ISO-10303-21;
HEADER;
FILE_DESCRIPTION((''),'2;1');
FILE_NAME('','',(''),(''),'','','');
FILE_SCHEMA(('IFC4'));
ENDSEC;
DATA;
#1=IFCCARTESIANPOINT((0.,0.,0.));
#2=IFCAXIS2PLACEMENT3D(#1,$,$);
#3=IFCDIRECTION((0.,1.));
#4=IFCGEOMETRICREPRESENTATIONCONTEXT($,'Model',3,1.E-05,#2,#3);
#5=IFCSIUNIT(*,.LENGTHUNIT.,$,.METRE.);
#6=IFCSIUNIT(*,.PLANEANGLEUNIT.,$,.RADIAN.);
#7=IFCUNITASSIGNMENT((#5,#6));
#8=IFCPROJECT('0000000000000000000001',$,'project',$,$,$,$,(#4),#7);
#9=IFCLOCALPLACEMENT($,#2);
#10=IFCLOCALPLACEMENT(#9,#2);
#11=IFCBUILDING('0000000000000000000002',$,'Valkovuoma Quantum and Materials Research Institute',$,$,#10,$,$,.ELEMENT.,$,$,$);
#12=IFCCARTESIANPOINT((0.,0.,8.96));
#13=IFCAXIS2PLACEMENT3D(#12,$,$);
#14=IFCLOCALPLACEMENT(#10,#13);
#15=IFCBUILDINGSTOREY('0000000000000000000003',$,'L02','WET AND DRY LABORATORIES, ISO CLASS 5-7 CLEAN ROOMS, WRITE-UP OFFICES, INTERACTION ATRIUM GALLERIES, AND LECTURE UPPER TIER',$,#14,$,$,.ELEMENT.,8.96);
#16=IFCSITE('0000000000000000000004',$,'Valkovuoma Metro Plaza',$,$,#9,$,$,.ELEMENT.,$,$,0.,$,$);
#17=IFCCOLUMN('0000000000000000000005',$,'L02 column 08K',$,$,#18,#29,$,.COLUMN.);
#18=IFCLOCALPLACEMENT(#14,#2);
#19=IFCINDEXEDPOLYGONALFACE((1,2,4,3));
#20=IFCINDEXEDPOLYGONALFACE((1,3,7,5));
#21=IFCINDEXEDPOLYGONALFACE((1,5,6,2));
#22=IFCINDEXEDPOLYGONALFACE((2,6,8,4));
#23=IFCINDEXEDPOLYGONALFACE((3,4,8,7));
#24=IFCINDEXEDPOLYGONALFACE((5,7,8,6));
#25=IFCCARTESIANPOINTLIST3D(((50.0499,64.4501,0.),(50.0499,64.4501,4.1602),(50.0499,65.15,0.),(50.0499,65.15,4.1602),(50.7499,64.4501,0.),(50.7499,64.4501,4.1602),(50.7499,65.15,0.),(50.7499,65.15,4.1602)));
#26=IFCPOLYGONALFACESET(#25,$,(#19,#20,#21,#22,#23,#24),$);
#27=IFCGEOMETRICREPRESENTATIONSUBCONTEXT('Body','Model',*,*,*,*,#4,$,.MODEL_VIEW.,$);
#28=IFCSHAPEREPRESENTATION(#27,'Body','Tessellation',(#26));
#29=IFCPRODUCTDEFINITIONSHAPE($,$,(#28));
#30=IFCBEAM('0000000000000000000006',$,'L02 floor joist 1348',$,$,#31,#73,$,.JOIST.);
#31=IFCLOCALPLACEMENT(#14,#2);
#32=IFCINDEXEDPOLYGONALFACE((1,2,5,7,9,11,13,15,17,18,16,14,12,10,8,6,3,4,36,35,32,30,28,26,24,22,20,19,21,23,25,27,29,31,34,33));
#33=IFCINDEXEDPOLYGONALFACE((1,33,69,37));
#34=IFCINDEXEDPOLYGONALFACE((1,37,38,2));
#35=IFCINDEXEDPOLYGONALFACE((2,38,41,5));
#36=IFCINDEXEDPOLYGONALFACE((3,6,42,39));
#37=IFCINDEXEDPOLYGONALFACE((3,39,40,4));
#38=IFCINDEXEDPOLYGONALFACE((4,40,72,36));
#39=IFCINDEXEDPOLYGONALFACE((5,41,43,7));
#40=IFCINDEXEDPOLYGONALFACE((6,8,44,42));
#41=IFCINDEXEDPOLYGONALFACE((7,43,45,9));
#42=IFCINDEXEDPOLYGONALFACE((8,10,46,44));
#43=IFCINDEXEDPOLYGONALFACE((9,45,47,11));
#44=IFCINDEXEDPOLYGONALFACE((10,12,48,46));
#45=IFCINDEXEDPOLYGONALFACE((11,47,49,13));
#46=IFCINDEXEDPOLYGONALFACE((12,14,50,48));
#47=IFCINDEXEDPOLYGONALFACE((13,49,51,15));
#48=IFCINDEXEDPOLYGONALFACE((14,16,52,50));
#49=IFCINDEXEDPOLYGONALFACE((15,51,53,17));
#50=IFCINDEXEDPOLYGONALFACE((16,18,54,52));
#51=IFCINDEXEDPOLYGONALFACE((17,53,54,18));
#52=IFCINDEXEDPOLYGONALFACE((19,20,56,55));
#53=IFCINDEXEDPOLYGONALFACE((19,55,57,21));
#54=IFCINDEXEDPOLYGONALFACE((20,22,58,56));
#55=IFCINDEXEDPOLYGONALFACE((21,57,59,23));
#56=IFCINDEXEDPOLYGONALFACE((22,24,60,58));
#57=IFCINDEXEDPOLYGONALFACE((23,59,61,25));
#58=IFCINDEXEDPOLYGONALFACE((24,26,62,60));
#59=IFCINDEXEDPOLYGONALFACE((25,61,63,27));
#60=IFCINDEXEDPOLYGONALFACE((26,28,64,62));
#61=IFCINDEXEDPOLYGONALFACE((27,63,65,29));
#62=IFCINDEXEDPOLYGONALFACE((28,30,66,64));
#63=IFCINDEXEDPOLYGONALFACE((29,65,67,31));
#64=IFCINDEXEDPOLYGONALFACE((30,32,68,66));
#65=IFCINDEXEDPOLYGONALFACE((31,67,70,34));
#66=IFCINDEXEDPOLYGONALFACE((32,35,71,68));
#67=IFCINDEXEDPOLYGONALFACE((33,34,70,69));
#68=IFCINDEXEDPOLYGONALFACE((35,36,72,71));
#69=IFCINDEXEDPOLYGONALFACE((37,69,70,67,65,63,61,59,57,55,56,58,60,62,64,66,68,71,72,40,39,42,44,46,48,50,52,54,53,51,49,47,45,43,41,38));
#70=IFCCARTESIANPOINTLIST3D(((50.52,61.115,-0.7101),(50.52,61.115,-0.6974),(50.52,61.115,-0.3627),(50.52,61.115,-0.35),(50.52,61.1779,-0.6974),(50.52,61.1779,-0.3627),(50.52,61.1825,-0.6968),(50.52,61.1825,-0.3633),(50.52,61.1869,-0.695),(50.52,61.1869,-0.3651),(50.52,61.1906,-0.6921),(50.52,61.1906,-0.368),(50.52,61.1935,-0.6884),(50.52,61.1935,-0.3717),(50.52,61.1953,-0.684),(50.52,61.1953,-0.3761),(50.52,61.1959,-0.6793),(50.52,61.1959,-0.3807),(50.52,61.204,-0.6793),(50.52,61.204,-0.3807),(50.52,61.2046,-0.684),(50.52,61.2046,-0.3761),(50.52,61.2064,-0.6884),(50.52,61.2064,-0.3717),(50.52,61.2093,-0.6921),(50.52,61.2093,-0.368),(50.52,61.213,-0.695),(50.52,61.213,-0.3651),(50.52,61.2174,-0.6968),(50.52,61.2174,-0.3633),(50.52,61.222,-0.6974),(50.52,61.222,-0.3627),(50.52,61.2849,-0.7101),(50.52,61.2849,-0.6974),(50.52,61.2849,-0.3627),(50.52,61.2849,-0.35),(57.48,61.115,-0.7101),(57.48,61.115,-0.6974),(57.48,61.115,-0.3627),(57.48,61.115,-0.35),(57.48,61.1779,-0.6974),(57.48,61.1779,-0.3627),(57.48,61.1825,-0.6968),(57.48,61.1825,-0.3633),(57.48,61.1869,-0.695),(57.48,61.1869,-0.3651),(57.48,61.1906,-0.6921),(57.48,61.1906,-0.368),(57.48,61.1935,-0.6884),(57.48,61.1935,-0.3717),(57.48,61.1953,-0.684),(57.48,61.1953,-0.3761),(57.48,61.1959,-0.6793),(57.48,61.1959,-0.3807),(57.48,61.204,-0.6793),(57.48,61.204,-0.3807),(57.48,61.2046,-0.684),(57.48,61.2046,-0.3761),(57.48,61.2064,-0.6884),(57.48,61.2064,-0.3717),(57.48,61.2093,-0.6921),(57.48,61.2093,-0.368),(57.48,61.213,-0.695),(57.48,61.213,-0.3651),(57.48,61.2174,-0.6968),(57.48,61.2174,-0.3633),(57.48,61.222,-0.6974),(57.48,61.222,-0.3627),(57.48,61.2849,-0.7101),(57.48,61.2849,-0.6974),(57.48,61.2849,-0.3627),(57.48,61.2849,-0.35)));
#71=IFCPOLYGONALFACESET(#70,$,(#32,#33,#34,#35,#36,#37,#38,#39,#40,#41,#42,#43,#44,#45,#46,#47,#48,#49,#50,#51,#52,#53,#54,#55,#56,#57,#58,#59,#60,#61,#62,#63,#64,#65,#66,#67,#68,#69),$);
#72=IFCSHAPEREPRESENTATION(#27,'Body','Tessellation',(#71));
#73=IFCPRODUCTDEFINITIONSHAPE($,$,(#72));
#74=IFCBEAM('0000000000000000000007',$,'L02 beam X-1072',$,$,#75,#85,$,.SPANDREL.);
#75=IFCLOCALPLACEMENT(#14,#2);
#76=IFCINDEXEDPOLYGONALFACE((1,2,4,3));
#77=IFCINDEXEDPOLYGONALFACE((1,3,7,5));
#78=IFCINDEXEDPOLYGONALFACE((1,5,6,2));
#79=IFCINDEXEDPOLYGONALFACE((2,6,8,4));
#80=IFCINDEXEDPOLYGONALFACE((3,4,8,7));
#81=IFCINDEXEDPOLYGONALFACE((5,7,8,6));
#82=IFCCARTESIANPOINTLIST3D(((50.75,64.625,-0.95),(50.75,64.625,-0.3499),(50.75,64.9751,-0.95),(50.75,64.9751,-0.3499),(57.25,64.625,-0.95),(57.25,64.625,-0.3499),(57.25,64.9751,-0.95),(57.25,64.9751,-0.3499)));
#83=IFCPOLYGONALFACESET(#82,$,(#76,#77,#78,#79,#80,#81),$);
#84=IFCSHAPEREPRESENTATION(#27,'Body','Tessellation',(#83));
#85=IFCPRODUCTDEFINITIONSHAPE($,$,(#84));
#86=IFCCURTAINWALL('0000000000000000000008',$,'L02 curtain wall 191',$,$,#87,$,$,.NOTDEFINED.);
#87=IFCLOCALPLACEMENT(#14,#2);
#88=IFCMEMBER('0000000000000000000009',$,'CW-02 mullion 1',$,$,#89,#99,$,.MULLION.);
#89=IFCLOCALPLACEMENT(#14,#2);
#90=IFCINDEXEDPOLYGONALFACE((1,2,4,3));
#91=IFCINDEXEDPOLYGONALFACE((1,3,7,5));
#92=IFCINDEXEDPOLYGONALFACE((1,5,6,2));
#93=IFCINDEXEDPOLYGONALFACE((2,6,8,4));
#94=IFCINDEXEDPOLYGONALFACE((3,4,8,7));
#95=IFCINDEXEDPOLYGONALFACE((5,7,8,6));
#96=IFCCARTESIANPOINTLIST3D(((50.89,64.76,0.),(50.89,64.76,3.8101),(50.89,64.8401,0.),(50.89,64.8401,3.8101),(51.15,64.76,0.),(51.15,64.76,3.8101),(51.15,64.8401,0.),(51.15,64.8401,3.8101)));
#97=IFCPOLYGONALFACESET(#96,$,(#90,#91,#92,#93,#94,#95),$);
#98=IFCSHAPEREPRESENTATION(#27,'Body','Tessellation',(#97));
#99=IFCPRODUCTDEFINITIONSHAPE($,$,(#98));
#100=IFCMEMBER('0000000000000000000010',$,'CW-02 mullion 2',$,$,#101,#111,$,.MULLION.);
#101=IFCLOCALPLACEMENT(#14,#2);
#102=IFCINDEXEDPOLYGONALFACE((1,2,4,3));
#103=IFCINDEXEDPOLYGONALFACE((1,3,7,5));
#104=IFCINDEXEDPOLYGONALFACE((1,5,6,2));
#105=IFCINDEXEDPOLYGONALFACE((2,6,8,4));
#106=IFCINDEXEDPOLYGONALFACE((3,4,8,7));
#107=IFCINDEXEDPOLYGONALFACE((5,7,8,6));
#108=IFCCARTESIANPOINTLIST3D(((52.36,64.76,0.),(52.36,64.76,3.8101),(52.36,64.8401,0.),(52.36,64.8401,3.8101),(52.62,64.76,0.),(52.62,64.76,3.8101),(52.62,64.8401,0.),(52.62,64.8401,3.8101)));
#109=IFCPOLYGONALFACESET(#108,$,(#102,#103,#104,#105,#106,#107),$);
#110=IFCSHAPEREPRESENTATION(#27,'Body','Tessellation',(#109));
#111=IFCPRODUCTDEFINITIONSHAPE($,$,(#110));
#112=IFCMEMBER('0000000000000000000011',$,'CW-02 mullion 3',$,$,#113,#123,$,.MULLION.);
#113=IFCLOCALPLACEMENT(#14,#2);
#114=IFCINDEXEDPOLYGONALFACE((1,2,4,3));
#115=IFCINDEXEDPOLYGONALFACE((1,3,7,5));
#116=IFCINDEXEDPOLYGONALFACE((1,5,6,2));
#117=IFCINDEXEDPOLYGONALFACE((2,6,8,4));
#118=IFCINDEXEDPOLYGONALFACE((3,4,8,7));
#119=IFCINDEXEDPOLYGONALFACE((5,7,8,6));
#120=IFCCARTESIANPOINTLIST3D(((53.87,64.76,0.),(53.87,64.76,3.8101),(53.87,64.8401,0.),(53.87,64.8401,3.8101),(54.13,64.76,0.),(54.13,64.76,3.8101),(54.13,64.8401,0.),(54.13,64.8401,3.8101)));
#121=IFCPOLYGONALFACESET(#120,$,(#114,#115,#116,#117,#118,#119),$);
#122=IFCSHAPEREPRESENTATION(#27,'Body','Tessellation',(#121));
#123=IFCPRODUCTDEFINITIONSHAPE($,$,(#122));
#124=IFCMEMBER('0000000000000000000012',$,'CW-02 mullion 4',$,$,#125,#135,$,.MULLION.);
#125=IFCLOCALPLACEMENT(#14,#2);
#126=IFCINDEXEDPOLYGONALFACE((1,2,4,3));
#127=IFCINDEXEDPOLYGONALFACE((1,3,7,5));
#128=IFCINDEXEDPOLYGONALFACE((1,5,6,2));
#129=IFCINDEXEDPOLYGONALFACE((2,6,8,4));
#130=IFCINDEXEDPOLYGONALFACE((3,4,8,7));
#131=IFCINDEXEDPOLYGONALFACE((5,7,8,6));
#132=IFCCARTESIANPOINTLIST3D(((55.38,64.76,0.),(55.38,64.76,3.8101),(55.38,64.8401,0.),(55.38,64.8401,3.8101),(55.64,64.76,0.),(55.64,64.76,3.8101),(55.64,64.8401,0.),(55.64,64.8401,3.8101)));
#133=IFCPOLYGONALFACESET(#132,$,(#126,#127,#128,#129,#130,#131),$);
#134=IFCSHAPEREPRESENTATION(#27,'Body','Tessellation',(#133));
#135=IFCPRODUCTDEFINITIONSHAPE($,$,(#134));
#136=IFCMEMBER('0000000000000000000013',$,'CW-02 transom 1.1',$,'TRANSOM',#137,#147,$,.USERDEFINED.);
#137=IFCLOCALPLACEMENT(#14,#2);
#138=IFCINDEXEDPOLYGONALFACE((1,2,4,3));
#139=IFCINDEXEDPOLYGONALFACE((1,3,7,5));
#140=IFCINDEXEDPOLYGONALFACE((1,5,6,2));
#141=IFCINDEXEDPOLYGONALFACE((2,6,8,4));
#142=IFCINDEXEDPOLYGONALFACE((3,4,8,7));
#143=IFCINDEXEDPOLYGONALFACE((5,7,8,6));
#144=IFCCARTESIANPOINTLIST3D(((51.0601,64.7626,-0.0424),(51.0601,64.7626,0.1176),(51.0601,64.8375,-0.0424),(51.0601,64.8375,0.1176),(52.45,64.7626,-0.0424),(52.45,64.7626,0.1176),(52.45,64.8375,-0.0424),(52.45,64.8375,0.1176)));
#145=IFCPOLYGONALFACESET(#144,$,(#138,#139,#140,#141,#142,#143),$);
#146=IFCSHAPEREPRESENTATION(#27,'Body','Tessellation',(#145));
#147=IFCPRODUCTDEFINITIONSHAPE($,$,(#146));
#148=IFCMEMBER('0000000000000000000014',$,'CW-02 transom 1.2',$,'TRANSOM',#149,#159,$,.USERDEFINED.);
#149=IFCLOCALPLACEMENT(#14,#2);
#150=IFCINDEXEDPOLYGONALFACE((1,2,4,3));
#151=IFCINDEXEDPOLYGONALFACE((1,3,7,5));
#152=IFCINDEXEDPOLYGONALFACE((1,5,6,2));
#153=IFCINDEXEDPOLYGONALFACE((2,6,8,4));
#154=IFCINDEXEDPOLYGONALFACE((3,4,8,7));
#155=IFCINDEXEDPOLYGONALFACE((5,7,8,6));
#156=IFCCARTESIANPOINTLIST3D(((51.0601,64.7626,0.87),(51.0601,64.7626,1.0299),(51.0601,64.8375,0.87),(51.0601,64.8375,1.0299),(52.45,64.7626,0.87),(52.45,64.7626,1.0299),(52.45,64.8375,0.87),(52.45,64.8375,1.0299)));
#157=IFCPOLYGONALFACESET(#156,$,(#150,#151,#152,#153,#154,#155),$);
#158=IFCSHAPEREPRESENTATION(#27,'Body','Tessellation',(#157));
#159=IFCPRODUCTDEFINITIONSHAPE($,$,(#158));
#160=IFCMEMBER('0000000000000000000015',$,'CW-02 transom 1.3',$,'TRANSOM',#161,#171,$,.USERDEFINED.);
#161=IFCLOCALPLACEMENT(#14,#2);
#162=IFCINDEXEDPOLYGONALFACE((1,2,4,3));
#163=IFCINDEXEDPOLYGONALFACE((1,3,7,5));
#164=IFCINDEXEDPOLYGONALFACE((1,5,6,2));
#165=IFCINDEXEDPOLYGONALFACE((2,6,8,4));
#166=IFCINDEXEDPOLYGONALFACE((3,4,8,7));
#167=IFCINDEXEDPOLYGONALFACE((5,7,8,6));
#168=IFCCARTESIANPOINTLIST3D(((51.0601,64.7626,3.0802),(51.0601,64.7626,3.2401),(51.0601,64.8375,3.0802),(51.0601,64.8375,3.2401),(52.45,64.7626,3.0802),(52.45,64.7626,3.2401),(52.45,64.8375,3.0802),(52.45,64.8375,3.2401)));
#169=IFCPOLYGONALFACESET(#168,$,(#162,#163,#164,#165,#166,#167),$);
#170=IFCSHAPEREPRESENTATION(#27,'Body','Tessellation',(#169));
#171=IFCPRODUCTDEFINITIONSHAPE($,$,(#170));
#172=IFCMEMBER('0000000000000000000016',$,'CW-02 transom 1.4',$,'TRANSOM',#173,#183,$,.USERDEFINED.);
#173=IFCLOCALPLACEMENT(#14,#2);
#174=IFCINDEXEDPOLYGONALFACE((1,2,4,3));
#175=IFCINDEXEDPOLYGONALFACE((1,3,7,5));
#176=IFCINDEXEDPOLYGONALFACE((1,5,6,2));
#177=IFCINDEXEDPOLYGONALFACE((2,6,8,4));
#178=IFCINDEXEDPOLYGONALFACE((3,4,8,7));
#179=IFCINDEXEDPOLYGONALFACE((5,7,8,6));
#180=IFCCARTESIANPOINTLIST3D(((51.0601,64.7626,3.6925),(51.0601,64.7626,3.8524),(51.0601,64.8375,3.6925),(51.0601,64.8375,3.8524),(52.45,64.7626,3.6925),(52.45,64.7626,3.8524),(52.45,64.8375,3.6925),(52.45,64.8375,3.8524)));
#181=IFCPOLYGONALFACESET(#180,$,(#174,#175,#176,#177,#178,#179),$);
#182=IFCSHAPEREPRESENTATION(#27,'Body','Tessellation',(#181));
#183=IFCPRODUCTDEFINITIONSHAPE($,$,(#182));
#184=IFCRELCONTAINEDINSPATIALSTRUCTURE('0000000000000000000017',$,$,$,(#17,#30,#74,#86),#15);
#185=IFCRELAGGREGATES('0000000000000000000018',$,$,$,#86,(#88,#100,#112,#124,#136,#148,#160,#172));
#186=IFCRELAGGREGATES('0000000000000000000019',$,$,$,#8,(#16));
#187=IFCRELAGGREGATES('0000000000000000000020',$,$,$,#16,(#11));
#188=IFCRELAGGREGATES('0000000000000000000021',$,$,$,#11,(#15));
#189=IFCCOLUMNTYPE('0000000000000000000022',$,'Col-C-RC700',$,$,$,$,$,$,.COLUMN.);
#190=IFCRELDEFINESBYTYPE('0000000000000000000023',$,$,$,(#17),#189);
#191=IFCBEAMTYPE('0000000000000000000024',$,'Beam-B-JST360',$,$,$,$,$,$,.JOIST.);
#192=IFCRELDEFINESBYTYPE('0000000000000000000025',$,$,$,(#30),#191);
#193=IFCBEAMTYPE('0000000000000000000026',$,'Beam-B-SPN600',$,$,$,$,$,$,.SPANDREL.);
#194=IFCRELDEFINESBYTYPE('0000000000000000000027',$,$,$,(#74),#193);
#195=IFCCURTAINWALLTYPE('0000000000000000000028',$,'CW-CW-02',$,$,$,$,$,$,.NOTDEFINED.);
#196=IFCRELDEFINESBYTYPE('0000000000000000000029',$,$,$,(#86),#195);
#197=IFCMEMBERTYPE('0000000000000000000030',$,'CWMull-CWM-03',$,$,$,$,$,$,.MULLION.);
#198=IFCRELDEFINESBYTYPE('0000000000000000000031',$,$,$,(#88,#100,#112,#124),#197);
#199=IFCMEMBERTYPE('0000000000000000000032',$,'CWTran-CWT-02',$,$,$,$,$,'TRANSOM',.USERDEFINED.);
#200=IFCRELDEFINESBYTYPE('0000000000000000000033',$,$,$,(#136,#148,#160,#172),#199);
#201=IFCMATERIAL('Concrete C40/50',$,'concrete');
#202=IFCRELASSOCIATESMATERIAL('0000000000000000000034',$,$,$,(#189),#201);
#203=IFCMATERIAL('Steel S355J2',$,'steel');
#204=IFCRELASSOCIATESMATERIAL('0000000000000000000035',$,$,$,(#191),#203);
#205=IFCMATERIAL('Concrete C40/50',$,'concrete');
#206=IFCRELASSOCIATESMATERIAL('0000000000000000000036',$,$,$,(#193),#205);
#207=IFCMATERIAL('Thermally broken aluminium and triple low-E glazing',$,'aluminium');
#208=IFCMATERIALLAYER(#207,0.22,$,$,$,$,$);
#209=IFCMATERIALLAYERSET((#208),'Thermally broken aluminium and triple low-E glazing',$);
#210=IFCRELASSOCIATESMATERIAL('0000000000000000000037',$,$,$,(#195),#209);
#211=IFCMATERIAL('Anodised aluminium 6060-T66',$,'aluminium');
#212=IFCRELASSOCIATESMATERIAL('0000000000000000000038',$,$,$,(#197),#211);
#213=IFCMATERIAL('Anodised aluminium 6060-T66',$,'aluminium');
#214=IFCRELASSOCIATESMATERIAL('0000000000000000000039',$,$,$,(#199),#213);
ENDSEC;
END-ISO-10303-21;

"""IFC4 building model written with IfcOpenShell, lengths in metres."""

from ifc_helpers import new_model, si_unit, direction, frame, origin, origin_2d, place, context, subcontext, project, spatial, rectangle, i_section, extrude, material, layer, layer_set, material_profile, profile_set, type_object, element, aggregate, save


model = new_model("IFC4")

# Units and contexts
model_context = context("Model", 3, precision=1e-05, world=origin(), true_north=direction((0.0, 1.0)))
body_context = subcontext(model_context, "Body", "Model", "MODEL_VIEW")
ifc_project = project(units=[si_unit("LENGTHUNIT", "METRE"), si_unit("PLANEANGLEUNIT", "RADIAN")], contexts=[model_context])

# Site, building, storey
site_placement = place(None, origin())
site = spatial("IfcSite", under=ifc_project, at=site_placement, Name="Valkovuoma Metro Plaza", CompositionType="ELEMENT", RefElevation=0.0)
building_placement = place(site_placement, origin())
building = spatial("IfcBuilding", under=site, at=building_placement, Name="Valkovuoma Quantum and Materials Research Institute", CompositionType="ELEMENT")
storey_placement = place(building_placement, frame((0.0, 0.0, 8.96)))
storey = spatial("IfcBuildingStorey", under=building, at=storey_placement, Name="L02", Description="WET AND DRY LABORATORIES, ISO CLASS 5-7 CLEAN ROOMS, WRITE-UP OFFICES, INTERACTION ATRIUM GALLERIES, AND LECTURE UPPER TIER", CompositionType="ELEMENT", Elevation=8.96)

# Column
ifc_material_1 = material(Name="Concrete C40/50", Category="concrete")
ifc_material_profile_1 = material_profile(ifc_material_1, rectangle(XDim=0.7, YDim=0.7, at=origin_2d()), Name="Concrete C40/50")
ifc_profile_set_1 = profile_set([ifc_material_profile_1], Name="Concrete C40/50")
column_type = type_object("IfcColumnType", Name="Col-C-RC700", PredefinedType="COLUMN", material=ifc_profile_set_1)
column_placement = place(storey_placement, frame((50.3999, 64.8, 0.0), z_axis=(0.0, 0.0, 1.0), x_axis=(1.0, 0.0, 0.0)))
element("IfcColumn", 1, at=column_placement, inside=storey, type_object=column_type, Name="L02 column 08K", PredefinedType="COLUMN", context=body_context, shape_type="SweptSolid", body=[
    extrude(rectangle(XDim=0.7, YDim=0.7, at=origin_2d()), origin(), (0.0, 0.0, 1.0), 4.1602),
])

# Beams
ifc_material_2 = material(Name="Steel S355J2", Category="steel")
ifc_material_profile_2 = material_profile(ifc_material_2, i_section(OverallWidth=0.1699, OverallDepth=0.3601, WebThickness=0.0081, FlangeThickness=0.0127, FilletRadius=0.0181, at=origin_2d()), Name="Steel S355J2")
ifc_profile_set_2 = profile_set([ifc_material_profile_2], Name="Steel S355J2")
beam_type_1 = type_object("IfcBeamType", Name="Beam-B-JST360", PredefinedType="JOIST", material=ifc_profile_set_2)
beam_1_placement = place(storey_placement, frame((50.52, 61.2, -0.53), z_axis=(1.0, 0.0, 0.0), x_axis=(0.0, 1.0, 0.0)))
element("IfcBeam", 2, at=beam_1_placement, inside=storey, type_object=beam_type_1, Name="L02 floor joist 1348", PredefinedType="JOIST", context=body_context, shape_type="SweptSolid", body=[
    extrude(i_section(OverallWidth=0.1699, OverallDepth=0.3601, WebThickness=0.0081, FlangeThickness=0.0127, FilletRadius=0.0181, at=origin_2d()), origin(), (0.0, 0.0, 1.0), 6.96),
])
ifc_material_3 = material(Name="Concrete C40/50", Category="concrete")
ifc_material_profile_3 = material_profile(ifc_material_3, rectangle(XDim=0.3501, YDim=0.6001, at=origin_2d()), Name="Concrete C40/50")
ifc_profile_set_3 = profile_set([ifc_material_profile_3], Name="Concrete C40/50")
beam_type_2 = type_object("IfcBeamType", Name="Beam-B-SPN600", PredefinedType="SPANDREL", material=ifc_profile_set_3)
beam_2_placement = place(storey_placement, frame((50.75, 64.8, -0.6499), z_axis=(1.0, 0.0, 0.0), x_axis=(0.0, 1.0, 0.0)))
element("IfcBeam", 3, at=beam_2_placement, inside=storey, type_object=beam_type_2, Name="L02 beam X-1072", PredefinedType="SPANDREL", context=body_context, shape_type="SweptSolid", body=[
    extrude(rectangle(XDim=0.3501, YDim=0.6001, at=origin_2d()), origin(), (0.0, 0.0, 1.0), 6.5),
])

# Curtain wall, members
ifc_material_4 = material(Name="Thermally broken aluminium and triple low-E glazing", Category="aluminium")
ifc_layer_1 = layer(ifc_material_4, 0.22)
ifc_layer_set_1 = layer_set([ifc_layer_1], Name="Thermally broken aluminium and triple low-E glazing")
curtain_wall_type = type_object("IfcCurtainWallType", Name="CW-CW-02", PredefinedType="NOTDEFINED", material=ifc_layer_set_1)
curtain_wall_placement = place(storey_placement, origin())
curtain_wall = element("IfcCurtainWall", 4, at=curtain_wall_placement, inside=storey, type_object=curtain_wall_type, Name="L02 curtain wall 191", PredefinedType="NOTDEFINED")
ifc_material_5 = material(Name="Anodised aluminium 6060-T66", Category="aluminium")
ifc_material_profile_4 = material_profile(ifc_material_5, rectangle(XDim=0.0801, YDim=0.26, at=origin_2d()), Name="Anodised aluminium 6060-T66")
ifc_profile_set_4 = profile_set([ifc_material_profile_4], Name="Anodised aluminium 6060-T66")
member_type_1 = type_object("IfcMemberType", Name="CWMull-CWM-03", PredefinedType="MULLION", material=ifc_profile_set_4)
member_1_placement = place(storey_placement, frame((51.02, 64.8, 0.0), z_axis=(0.0, 0.0, 1.0), x_axis=(0.0, 1.0, 0.0)))
member_1 = element("IfcMember", 5, at=member_1_placement, type_object=member_type_1, Name="CW-02 mullion 1", PredefinedType="MULLION", context=body_context, shape_type="SweptSolid", body=[
    extrude(rectangle(XDim=0.0801, YDim=0.26, at=origin_2d()), origin(), (0.0, 0.0, 1.0), 3.8101),
])
member_2_placement = place(storey_placement, frame((52.49, 64.8, 0.0), z_axis=(0.0, 0.0, 1.0), x_axis=(0.0, 1.0, 0.0)))
member_2 = element("IfcMember", 6, at=member_2_placement, type_object=member_type_1, Name="CW-02 mullion 2", PredefinedType="MULLION", context=body_context, shape_type="SweptSolid", body=[
    extrude(rectangle(XDim=0.0801, YDim=0.26, at=origin_2d()), origin(), (0.0, 0.0, 1.0), 3.8101),
])
member_3_placement = place(storey_placement, frame((54.0, 64.8, 0.0), z_axis=(0.0, 0.0, 1.0), x_axis=(0.0, 1.0, 0.0)))
member_3 = element("IfcMember", 7, at=member_3_placement, type_object=member_type_1, Name="CW-02 mullion 3", PredefinedType="MULLION", context=body_context, shape_type="SweptSolid", body=[
    extrude(rectangle(XDim=0.0801, YDim=0.26, at=origin_2d()), origin(), (0.0, 0.0, 1.0), 3.8101),
])
member_4_placement = place(storey_placement, frame((55.51, 64.8, 0.0), z_axis=(0.0, 0.0, 1.0), x_axis=(0.0, 1.0, 0.0)))
member_4 = element("IfcMember", 8, at=member_4_placement, type_object=member_type_1, Name="CW-02 mullion 4", PredefinedType="MULLION", context=body_context, shape_type="SweptSolid", body=[
    extrude(rectangle(XDim=0.0801, YDim=0.26, at=origin_2d()), origin(), (0.0, 0.0, 1.0), 3.8101),
])
ifc_material_6 = material(Name="Anodised aluminium 6060-T66", Category="aluminium")
ifc_material_profile_5 = material_profile(ifc_material_6, rectangle(XDim=0.075, YDim=0.1599, at=origin_2d()), Name="Anodised aluminium 6060-T66")
ifc_profile_set_5 = profile_set([ifc_material_profile_5], Name="Anodised aluminium 6060-T66")
member_type_2 = type_object("IfcMemberType", Name="CWTran-CWT-02", ElementType="TRANSOM", PredefinedType="USERDEFINED", material=ifc_profile_set_5)
member_5_placement = place(storey_placement, frame((51.0601, 64.8, 0.0376), z_axis=(1.0, 0.0, 0.0), x_axis=(0.0, 1.0, 0.0)))
member_5 = element("IfcMember", 9, at=member_5_placement, type_object=member_type_2, Name="CW-02 transom 1.1", ObjectType="TRANSOM", PredefinedType="USERDEFINED", context=body_context, shape_type="SweptSolid", body=[
    extrude(rectangle(XDim=0.075, YDim=0.1599, at=origin_2d()), origin(), (0.0, 0.0, 1.0), 1.3899),
])
member_6_placement = place(storey_placement, frame((51.0601, 64.8, 0.95), z_axis=(1.0, 0.0, 0.0), x_axis=(0.0, 1.0, 0.0)))
member_6 = element("IfcMember", 10, at=member_6_placement, type_object=member_type_2, Name="CW-02 transom 1.2", ObjectType="TRANSOM", PredefinedType="USERDEFINED", context=body_context, shape_type="SweptSolid", body=[
    extrude(rectangle(XDim=0.075, YDim=0.1599, at=origin_2d()), origin(), (0.0, 0.0, 1.0), 1.3899),
])
member_7_placement = place(storey_placement, frame((51.0601, 64.8, 3.1602), z_axis=(1.0, 0.0, 0.0), x_axis=(0.0, 1.0, 0.0)))
member_7 = element("IfcMember", 11, at=member_7_placement, type_object=member_type_2, Name="CW-02 transom 1.3", ObjectType="TRANSOM", PredefinedType="USERDEFINED", context=body_context, shape_type="SweptSolid", body=[
    extrude(rectangle(XDim=0.075, YDim=0.1599, at=origin_2d()), origin(), (0.0, 0.0, 1.0), 1.3899),
])
member_8_placement = place(storey_placement, frame((51.0601, 64.8, 3.7725), z_axis=(1.0, 0.0, 0.0), x_axis=(0.0, 1.0, 0.0)))
member_8 = element("IfcMember", 12, at=member_8_placement, type_object=member_type_2, Name="CW-02 transom 1.4", ObjectType="TRANSOM", PredefinedType="USERDEFINED", context=body_context, shape_type="SweptSolid", body=[
    extrude(rectangle(XDim=0.075, YDim=0.1599, at=origin_2d()), origin(), (0.0, 0.0, 1.0), 1.3899),
])
aggregate(curtain_wall, [member_1, member_2, member_3, member_4, member_5, member_6, member_7, member_8])

save(model, "model.ifc")
